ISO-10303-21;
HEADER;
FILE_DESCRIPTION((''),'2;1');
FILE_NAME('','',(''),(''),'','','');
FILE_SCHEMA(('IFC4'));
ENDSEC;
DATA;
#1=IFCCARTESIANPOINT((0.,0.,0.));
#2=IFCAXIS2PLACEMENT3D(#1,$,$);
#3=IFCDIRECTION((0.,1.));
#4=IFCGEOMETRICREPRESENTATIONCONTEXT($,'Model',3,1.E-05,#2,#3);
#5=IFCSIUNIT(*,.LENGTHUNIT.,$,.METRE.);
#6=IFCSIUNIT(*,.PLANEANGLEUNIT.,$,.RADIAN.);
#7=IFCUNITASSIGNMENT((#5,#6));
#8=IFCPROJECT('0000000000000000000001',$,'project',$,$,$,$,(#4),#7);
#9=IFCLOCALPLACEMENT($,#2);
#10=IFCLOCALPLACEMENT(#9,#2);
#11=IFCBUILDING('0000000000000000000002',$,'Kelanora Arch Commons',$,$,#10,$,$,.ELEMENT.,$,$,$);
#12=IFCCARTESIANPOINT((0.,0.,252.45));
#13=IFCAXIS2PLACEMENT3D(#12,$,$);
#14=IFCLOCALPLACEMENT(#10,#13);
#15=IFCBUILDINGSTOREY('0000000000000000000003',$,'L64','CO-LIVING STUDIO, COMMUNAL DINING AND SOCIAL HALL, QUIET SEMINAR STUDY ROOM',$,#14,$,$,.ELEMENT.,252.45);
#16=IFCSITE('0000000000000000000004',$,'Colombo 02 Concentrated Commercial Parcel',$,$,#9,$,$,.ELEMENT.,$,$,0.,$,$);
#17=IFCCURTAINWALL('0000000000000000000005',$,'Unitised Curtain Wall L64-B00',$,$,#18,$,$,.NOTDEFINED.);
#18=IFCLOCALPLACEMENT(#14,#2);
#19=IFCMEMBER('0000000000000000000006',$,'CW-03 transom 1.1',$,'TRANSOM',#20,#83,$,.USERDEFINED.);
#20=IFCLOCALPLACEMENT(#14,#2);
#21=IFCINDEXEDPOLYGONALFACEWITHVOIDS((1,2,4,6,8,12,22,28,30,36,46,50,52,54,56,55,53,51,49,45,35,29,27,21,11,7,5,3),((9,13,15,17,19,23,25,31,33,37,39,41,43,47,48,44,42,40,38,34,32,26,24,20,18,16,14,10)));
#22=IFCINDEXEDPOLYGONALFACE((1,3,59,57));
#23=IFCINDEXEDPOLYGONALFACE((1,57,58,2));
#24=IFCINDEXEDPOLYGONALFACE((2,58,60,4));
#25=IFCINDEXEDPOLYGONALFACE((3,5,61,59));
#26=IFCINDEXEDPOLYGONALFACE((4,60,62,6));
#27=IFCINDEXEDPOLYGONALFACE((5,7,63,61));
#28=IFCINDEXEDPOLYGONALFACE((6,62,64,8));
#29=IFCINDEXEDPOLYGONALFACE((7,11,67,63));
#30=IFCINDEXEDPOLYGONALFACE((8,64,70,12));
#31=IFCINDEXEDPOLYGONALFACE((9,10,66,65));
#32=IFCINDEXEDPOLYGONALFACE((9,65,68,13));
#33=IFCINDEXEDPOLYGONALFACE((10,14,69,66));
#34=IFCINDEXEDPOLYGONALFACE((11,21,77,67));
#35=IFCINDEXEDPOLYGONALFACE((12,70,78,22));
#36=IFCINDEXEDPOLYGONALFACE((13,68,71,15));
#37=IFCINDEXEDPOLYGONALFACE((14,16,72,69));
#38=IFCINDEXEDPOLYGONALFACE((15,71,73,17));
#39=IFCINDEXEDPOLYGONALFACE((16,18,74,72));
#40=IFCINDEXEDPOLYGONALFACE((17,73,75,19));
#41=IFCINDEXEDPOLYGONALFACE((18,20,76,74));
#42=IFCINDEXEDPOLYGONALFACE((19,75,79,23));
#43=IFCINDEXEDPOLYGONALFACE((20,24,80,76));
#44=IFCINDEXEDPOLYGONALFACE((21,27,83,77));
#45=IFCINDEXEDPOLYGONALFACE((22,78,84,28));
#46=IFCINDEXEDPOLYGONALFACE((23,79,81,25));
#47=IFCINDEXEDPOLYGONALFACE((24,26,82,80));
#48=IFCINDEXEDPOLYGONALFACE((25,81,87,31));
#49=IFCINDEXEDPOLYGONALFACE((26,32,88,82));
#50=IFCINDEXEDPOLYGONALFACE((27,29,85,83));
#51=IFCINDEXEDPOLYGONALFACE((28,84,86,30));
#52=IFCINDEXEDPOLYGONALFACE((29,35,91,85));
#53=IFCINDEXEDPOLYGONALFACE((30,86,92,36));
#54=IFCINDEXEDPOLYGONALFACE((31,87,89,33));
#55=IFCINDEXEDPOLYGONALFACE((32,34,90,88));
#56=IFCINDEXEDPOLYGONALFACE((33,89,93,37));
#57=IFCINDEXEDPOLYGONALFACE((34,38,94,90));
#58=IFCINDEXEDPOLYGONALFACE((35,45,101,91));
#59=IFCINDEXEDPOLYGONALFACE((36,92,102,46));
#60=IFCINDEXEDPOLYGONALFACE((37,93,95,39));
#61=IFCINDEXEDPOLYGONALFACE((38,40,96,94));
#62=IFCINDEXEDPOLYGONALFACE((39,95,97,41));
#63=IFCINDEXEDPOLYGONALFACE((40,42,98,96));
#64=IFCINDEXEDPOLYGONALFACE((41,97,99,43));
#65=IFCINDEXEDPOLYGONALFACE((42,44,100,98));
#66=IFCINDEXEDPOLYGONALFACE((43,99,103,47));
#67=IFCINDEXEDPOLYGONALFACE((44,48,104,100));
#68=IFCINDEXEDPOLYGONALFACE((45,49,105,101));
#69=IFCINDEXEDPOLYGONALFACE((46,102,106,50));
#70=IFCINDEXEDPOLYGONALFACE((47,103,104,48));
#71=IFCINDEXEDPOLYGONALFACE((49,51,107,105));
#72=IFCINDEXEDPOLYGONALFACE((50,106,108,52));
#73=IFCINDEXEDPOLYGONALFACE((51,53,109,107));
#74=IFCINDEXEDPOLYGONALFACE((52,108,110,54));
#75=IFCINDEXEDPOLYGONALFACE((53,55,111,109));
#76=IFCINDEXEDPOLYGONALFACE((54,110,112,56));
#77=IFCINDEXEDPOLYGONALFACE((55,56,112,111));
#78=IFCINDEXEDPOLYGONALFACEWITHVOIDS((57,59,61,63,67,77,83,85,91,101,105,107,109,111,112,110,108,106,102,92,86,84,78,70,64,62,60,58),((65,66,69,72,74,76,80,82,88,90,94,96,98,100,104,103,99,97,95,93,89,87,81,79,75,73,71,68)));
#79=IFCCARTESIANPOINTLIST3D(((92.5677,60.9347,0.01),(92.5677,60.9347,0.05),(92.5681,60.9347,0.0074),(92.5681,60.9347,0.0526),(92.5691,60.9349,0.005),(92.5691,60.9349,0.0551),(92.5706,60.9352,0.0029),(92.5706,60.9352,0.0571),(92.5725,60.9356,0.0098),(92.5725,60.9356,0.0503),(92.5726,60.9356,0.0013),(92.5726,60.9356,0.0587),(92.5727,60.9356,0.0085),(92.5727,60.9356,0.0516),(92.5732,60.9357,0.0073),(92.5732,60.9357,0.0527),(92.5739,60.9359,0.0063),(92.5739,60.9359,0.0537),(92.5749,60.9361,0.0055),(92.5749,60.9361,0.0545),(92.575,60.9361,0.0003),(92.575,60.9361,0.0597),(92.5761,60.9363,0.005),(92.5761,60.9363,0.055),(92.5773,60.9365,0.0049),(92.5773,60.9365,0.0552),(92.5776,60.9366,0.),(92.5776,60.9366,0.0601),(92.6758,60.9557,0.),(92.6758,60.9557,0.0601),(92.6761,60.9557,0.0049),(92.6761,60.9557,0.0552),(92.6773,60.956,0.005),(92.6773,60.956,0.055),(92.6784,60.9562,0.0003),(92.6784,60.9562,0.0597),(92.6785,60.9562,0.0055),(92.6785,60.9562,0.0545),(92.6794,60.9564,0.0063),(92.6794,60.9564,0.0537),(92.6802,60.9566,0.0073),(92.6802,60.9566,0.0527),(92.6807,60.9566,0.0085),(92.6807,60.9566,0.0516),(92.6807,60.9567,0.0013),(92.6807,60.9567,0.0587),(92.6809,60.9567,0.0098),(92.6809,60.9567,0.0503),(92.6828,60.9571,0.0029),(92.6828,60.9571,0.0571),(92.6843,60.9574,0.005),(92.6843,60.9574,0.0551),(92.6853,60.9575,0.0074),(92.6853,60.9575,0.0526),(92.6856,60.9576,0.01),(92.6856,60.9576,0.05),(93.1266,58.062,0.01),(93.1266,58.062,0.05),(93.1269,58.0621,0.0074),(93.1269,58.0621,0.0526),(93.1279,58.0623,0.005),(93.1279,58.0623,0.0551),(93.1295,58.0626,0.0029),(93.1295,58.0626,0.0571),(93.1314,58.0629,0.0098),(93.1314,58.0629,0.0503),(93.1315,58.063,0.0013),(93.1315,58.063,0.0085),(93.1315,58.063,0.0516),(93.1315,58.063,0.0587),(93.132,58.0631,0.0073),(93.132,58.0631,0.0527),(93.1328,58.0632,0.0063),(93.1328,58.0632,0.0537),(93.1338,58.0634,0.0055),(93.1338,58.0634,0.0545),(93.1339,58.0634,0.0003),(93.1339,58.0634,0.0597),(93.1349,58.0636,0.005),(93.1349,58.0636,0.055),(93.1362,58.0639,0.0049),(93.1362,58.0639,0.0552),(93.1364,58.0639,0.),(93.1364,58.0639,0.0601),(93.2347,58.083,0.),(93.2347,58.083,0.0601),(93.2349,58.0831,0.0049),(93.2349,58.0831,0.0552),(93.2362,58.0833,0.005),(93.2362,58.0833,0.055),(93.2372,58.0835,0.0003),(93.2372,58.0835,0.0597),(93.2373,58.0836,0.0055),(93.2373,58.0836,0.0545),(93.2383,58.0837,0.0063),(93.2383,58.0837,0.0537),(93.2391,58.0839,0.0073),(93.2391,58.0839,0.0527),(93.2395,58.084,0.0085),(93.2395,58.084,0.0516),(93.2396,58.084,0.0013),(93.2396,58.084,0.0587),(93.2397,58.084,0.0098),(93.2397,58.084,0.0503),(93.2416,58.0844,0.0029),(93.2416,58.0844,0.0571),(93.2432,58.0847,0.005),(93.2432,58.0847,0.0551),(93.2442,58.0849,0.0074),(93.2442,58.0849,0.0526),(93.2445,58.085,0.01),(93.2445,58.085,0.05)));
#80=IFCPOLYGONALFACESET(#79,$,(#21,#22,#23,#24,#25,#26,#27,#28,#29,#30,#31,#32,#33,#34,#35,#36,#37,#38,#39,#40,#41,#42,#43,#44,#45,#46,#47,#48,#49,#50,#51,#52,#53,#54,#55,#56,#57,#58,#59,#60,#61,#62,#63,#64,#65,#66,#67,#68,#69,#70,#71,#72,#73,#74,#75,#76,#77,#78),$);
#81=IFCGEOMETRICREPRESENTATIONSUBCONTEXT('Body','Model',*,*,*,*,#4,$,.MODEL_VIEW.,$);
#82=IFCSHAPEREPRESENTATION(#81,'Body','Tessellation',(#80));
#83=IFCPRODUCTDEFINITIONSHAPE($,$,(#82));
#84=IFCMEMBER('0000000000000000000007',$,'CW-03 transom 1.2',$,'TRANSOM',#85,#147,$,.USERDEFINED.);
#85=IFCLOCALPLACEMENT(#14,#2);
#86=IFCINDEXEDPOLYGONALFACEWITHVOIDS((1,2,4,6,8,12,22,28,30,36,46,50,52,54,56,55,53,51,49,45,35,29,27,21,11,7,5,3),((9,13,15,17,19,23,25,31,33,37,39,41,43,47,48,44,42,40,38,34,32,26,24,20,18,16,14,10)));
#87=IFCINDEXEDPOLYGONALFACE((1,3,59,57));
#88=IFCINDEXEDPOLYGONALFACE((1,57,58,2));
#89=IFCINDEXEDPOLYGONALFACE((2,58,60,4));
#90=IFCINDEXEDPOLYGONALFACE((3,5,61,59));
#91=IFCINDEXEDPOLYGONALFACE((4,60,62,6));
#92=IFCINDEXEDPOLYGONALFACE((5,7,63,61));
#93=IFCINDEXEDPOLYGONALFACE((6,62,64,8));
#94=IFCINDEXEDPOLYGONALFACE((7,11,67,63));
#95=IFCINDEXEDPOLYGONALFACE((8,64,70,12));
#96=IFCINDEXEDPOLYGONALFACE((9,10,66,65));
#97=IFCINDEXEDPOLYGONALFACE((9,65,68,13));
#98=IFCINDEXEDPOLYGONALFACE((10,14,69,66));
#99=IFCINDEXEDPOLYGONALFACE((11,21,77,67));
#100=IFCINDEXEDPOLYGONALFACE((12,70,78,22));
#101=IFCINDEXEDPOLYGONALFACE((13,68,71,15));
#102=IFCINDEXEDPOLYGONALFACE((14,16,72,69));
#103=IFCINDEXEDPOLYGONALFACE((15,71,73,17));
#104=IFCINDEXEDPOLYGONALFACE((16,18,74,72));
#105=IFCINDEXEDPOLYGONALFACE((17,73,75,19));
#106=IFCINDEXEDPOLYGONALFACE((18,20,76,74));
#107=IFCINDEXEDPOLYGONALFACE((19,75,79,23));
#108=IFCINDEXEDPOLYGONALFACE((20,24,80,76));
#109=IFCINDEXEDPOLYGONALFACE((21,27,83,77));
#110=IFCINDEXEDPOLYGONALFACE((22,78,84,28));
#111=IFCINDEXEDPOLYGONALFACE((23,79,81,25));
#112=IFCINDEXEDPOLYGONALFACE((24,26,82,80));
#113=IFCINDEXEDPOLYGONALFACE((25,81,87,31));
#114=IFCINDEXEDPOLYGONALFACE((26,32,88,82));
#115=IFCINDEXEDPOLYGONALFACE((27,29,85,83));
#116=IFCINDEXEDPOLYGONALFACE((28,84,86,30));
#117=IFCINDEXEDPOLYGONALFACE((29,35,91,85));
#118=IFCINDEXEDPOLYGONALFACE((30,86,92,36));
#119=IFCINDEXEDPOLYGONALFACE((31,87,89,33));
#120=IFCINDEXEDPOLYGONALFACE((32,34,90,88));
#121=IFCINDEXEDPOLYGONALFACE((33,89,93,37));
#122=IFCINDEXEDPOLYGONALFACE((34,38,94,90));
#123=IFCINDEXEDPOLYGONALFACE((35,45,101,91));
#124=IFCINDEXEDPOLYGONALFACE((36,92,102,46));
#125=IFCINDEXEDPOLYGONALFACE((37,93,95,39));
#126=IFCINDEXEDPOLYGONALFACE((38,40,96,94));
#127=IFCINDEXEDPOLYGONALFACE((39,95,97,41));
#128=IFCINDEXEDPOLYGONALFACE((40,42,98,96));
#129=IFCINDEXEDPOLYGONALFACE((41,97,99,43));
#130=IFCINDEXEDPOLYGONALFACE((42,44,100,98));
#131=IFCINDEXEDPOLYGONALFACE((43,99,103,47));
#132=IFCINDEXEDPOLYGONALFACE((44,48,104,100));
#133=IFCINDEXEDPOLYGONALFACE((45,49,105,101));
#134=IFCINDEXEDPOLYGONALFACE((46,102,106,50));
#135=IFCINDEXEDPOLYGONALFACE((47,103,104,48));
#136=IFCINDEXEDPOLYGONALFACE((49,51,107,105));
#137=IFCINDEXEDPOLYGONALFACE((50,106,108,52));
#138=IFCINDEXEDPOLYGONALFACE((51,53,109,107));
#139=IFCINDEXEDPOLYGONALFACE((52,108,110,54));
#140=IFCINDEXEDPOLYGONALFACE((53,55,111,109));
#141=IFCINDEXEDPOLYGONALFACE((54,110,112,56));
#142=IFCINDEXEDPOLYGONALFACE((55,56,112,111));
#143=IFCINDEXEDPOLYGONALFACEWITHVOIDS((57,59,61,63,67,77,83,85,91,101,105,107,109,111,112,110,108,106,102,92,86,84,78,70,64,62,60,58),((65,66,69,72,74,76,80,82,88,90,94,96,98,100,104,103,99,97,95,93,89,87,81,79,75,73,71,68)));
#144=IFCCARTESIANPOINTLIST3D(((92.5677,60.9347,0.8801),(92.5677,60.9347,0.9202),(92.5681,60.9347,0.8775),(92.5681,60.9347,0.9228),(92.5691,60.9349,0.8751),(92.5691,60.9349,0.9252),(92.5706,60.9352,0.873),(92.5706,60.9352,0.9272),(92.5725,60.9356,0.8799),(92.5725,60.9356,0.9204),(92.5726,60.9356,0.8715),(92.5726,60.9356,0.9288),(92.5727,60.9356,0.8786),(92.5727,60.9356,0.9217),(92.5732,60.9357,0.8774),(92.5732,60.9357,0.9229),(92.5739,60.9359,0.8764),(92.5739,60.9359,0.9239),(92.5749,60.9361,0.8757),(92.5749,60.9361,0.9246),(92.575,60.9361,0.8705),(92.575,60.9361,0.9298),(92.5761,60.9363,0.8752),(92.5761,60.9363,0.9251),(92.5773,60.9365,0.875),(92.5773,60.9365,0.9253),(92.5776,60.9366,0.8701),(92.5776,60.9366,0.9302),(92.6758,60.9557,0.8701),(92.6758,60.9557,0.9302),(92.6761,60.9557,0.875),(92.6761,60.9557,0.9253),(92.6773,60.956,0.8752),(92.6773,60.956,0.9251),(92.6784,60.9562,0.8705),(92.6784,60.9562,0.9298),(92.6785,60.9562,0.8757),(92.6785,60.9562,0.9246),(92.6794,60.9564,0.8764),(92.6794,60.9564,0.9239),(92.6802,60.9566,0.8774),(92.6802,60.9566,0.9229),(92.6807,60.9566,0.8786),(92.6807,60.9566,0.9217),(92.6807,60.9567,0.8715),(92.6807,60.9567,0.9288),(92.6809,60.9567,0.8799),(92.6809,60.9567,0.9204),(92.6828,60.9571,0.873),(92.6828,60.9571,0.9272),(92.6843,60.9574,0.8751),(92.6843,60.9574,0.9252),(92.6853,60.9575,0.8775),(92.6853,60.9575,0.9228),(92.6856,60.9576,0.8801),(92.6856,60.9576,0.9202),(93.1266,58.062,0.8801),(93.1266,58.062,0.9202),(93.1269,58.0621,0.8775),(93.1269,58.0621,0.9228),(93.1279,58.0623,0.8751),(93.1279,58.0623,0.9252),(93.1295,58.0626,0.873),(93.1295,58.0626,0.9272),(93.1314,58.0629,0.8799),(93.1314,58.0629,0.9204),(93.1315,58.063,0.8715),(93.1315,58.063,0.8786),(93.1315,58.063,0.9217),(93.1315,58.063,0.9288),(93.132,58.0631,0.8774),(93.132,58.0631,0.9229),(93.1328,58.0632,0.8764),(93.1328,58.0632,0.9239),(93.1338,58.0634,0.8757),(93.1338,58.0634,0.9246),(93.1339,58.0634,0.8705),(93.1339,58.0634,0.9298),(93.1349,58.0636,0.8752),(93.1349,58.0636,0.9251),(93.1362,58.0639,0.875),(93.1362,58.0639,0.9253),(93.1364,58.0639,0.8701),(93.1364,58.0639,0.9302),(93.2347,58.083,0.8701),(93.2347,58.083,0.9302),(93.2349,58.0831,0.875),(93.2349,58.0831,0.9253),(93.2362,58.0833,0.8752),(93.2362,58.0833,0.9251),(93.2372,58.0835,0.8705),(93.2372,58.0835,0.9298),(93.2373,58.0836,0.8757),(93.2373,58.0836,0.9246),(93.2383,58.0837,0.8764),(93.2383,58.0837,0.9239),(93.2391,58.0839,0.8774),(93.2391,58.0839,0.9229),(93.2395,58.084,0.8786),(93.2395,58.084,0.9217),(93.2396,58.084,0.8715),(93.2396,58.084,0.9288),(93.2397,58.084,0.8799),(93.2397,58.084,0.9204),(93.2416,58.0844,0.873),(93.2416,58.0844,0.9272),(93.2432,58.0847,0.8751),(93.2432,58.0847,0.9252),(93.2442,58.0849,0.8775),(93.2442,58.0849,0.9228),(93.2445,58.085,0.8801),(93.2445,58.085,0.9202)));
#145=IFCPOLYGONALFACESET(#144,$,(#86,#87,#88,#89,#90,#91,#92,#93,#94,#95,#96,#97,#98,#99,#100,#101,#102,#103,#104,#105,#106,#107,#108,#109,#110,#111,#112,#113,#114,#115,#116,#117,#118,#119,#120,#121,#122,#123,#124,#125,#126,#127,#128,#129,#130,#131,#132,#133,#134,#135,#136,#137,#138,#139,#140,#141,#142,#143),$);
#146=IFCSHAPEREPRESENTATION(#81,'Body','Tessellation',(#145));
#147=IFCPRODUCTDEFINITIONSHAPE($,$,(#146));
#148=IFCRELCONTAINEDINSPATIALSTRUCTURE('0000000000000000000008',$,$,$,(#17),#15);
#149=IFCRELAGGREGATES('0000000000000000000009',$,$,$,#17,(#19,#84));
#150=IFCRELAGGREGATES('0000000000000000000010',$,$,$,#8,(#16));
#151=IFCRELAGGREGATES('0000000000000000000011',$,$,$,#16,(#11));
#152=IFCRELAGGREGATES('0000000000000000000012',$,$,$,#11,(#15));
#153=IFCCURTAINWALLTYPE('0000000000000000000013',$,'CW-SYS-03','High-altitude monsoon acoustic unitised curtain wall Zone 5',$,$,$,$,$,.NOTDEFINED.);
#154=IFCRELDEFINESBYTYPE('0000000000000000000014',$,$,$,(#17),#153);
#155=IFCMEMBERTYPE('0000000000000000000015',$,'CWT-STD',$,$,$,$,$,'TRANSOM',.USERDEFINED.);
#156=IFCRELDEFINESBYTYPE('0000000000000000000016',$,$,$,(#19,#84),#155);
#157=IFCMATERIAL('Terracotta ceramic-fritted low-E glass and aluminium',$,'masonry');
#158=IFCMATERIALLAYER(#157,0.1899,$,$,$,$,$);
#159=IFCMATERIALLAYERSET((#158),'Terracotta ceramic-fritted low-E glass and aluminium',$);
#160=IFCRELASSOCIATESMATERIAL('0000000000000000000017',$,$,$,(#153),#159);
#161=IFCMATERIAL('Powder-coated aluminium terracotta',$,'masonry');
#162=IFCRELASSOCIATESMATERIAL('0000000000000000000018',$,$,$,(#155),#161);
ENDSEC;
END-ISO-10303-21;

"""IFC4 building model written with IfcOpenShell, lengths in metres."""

from ifc_helpers import new_model, si_unit, direction, frame, origin, origin_2d, place, context, subcontext, project, spatial, hollow_rectangle, extrude, material, layer, layer_set, material_profile, profile_set, type_object, element, aggregate, save


model = new_model("IFC4")

# Units and contexts
model_context = context("Model", 3, precision=1e-05, world=origin(), true_north=direction((0.0, 1.0)))
body_context = subcontext(model_context, "Body", "Model", "MODEL_VIEW")
ifc_project = project(units=[si_unit("LENGTHUNIT", "METRE"), si_unit("PLANEANGLEUNIT", "RADIAN")], contexts=[model_context])

# Site, building, storey
site_placement = place(None, origin())
site = spatial("IfcSite", under=ifc_project, at=site_placement, Name="Colombo 02 Concentrated Commercial Parcel", CompositionType="ELEMENT", RefElevation=0.0)
building_placement = place(site_placement, origin())
building = spatial("IfcBuilding", under=site, at=building_placement, Name="Kelanora Arch Commons", CompositionType="ELEMENT")
storey_placement = place(building_placement, frame((0.0, 0.0, 252.45)))
storey = spatial("IfcBuildingStorey", under=building, at=storey_placement, Name="L64", Description="CO-LIVING STUDIO, COMMUNAL DINING AND SOCIAL HALL, QUIET SEMINAR STUDY ROOM", CompositionType="ELEMENT", Elevation=252.45)

# Curtain wall, members
ifc_material_1 = material(Name="Terracotta ceramic-fritted low-E glass and aluminium", Category="masonry")
ifc_layer_1 = layer(ifc_material_1, 0.1899)
ifc_layer_set_1 = layer_set([ifc_layer_1], Name="Terracotta ceramic-fritted low-E glass and aluminium")
curtain_wall_type = type_object("IfcCurtainWallType", Name="CW-SYS-03", Description="High-altitude monsoon acoustic unitised curtain wall Zone 5", PredefinedType="NOTDEFINED", material=ifc_layer_set_1)
curtain_wall_placement = place(storey_placement, origin())
curtain_wall = element("IfcCurtainWall", 1, at=curtain_wall_placement, inside=storey, type_object=curtain_wall_type, Name="Unitised Curtain Wall L64-B00", PredefinedType="NOTDEFINED")
ifc_material_2 = material(Name="Powder-coated aluminium terracotta", Category="masonry")
ifc_material_profile_1 = material_profile(ifc_material_2, hollow_rectangle(XDim=0.1201, YDim=0.0601, WallThickness=0.0049, InnerFilletRadius=0.0049, OuterFilletRadius=0.01, at=origin_2d()), Name="CWT120x60")
ifc_profile_set_1 = profile_set([ifc_material_profile_1], Name="Powder-coated aluminium terracotta")
member_type_1 = type_object("IfcMemberType", Name="CWT-STD", ElementType="TRANSOM", PredefinedType="USERDEFINED", material=ifc_profile_set_1)
member_1_placement = place(storey_placement, frame((93.1855, 58.0735, 0.03), z_axis=(-0.190963, 0.981597, 0.0), x_axis=(-0.981597, -0.190963, 0.0)))
member_1 = element("IfcMember", 2, at=member_1_placement, type_object=member_type_1, Name="CW-03 transom 1.1", ObjectType="TRANSOM", PredefinedType="USERDEFINED", context=body_context, shape_type="SweptSolid", body=[
    extrude(hollow_rectangle(XDim=0.1201, YDim=0.0601, WallThickness=0.0049, InnerFilletRadius=0.0049, OuterFilletRadius=0.01, at=origin_2d()), origin(), (0.0, 0.0, 1.0), 2.9265),
])
member_2_placement = place(storey_placement, frame((93.1855, 58.0735, 0.9001), z_axis=(-0.190963, 0.981597, 0.0), x_axis=(-0.981597, -0.190963, 0.0)))
member_2 = element("IfcMember", 3, at=member_2_placement, type_object=member_type_1, Name="CW-03 transom 1.2", ObjectType="TRANSOM", PredefinedType="USERDEFINED", context=body_context, shape_type="SweptSolid", body=[
    extrude(hollow_rectangle(XDim=0.1201, YDim=0.0601, WallThickness=0.0049, InnerFilletRadius=0.0049, OuterFilletRadius=0.01, at=origin_2d()), origin(), (0.0, 0.0, 1.0), 2.9265),
])
aggregate(curtain_wall, [member_1, member_2])

save(model, "model.ifc")
